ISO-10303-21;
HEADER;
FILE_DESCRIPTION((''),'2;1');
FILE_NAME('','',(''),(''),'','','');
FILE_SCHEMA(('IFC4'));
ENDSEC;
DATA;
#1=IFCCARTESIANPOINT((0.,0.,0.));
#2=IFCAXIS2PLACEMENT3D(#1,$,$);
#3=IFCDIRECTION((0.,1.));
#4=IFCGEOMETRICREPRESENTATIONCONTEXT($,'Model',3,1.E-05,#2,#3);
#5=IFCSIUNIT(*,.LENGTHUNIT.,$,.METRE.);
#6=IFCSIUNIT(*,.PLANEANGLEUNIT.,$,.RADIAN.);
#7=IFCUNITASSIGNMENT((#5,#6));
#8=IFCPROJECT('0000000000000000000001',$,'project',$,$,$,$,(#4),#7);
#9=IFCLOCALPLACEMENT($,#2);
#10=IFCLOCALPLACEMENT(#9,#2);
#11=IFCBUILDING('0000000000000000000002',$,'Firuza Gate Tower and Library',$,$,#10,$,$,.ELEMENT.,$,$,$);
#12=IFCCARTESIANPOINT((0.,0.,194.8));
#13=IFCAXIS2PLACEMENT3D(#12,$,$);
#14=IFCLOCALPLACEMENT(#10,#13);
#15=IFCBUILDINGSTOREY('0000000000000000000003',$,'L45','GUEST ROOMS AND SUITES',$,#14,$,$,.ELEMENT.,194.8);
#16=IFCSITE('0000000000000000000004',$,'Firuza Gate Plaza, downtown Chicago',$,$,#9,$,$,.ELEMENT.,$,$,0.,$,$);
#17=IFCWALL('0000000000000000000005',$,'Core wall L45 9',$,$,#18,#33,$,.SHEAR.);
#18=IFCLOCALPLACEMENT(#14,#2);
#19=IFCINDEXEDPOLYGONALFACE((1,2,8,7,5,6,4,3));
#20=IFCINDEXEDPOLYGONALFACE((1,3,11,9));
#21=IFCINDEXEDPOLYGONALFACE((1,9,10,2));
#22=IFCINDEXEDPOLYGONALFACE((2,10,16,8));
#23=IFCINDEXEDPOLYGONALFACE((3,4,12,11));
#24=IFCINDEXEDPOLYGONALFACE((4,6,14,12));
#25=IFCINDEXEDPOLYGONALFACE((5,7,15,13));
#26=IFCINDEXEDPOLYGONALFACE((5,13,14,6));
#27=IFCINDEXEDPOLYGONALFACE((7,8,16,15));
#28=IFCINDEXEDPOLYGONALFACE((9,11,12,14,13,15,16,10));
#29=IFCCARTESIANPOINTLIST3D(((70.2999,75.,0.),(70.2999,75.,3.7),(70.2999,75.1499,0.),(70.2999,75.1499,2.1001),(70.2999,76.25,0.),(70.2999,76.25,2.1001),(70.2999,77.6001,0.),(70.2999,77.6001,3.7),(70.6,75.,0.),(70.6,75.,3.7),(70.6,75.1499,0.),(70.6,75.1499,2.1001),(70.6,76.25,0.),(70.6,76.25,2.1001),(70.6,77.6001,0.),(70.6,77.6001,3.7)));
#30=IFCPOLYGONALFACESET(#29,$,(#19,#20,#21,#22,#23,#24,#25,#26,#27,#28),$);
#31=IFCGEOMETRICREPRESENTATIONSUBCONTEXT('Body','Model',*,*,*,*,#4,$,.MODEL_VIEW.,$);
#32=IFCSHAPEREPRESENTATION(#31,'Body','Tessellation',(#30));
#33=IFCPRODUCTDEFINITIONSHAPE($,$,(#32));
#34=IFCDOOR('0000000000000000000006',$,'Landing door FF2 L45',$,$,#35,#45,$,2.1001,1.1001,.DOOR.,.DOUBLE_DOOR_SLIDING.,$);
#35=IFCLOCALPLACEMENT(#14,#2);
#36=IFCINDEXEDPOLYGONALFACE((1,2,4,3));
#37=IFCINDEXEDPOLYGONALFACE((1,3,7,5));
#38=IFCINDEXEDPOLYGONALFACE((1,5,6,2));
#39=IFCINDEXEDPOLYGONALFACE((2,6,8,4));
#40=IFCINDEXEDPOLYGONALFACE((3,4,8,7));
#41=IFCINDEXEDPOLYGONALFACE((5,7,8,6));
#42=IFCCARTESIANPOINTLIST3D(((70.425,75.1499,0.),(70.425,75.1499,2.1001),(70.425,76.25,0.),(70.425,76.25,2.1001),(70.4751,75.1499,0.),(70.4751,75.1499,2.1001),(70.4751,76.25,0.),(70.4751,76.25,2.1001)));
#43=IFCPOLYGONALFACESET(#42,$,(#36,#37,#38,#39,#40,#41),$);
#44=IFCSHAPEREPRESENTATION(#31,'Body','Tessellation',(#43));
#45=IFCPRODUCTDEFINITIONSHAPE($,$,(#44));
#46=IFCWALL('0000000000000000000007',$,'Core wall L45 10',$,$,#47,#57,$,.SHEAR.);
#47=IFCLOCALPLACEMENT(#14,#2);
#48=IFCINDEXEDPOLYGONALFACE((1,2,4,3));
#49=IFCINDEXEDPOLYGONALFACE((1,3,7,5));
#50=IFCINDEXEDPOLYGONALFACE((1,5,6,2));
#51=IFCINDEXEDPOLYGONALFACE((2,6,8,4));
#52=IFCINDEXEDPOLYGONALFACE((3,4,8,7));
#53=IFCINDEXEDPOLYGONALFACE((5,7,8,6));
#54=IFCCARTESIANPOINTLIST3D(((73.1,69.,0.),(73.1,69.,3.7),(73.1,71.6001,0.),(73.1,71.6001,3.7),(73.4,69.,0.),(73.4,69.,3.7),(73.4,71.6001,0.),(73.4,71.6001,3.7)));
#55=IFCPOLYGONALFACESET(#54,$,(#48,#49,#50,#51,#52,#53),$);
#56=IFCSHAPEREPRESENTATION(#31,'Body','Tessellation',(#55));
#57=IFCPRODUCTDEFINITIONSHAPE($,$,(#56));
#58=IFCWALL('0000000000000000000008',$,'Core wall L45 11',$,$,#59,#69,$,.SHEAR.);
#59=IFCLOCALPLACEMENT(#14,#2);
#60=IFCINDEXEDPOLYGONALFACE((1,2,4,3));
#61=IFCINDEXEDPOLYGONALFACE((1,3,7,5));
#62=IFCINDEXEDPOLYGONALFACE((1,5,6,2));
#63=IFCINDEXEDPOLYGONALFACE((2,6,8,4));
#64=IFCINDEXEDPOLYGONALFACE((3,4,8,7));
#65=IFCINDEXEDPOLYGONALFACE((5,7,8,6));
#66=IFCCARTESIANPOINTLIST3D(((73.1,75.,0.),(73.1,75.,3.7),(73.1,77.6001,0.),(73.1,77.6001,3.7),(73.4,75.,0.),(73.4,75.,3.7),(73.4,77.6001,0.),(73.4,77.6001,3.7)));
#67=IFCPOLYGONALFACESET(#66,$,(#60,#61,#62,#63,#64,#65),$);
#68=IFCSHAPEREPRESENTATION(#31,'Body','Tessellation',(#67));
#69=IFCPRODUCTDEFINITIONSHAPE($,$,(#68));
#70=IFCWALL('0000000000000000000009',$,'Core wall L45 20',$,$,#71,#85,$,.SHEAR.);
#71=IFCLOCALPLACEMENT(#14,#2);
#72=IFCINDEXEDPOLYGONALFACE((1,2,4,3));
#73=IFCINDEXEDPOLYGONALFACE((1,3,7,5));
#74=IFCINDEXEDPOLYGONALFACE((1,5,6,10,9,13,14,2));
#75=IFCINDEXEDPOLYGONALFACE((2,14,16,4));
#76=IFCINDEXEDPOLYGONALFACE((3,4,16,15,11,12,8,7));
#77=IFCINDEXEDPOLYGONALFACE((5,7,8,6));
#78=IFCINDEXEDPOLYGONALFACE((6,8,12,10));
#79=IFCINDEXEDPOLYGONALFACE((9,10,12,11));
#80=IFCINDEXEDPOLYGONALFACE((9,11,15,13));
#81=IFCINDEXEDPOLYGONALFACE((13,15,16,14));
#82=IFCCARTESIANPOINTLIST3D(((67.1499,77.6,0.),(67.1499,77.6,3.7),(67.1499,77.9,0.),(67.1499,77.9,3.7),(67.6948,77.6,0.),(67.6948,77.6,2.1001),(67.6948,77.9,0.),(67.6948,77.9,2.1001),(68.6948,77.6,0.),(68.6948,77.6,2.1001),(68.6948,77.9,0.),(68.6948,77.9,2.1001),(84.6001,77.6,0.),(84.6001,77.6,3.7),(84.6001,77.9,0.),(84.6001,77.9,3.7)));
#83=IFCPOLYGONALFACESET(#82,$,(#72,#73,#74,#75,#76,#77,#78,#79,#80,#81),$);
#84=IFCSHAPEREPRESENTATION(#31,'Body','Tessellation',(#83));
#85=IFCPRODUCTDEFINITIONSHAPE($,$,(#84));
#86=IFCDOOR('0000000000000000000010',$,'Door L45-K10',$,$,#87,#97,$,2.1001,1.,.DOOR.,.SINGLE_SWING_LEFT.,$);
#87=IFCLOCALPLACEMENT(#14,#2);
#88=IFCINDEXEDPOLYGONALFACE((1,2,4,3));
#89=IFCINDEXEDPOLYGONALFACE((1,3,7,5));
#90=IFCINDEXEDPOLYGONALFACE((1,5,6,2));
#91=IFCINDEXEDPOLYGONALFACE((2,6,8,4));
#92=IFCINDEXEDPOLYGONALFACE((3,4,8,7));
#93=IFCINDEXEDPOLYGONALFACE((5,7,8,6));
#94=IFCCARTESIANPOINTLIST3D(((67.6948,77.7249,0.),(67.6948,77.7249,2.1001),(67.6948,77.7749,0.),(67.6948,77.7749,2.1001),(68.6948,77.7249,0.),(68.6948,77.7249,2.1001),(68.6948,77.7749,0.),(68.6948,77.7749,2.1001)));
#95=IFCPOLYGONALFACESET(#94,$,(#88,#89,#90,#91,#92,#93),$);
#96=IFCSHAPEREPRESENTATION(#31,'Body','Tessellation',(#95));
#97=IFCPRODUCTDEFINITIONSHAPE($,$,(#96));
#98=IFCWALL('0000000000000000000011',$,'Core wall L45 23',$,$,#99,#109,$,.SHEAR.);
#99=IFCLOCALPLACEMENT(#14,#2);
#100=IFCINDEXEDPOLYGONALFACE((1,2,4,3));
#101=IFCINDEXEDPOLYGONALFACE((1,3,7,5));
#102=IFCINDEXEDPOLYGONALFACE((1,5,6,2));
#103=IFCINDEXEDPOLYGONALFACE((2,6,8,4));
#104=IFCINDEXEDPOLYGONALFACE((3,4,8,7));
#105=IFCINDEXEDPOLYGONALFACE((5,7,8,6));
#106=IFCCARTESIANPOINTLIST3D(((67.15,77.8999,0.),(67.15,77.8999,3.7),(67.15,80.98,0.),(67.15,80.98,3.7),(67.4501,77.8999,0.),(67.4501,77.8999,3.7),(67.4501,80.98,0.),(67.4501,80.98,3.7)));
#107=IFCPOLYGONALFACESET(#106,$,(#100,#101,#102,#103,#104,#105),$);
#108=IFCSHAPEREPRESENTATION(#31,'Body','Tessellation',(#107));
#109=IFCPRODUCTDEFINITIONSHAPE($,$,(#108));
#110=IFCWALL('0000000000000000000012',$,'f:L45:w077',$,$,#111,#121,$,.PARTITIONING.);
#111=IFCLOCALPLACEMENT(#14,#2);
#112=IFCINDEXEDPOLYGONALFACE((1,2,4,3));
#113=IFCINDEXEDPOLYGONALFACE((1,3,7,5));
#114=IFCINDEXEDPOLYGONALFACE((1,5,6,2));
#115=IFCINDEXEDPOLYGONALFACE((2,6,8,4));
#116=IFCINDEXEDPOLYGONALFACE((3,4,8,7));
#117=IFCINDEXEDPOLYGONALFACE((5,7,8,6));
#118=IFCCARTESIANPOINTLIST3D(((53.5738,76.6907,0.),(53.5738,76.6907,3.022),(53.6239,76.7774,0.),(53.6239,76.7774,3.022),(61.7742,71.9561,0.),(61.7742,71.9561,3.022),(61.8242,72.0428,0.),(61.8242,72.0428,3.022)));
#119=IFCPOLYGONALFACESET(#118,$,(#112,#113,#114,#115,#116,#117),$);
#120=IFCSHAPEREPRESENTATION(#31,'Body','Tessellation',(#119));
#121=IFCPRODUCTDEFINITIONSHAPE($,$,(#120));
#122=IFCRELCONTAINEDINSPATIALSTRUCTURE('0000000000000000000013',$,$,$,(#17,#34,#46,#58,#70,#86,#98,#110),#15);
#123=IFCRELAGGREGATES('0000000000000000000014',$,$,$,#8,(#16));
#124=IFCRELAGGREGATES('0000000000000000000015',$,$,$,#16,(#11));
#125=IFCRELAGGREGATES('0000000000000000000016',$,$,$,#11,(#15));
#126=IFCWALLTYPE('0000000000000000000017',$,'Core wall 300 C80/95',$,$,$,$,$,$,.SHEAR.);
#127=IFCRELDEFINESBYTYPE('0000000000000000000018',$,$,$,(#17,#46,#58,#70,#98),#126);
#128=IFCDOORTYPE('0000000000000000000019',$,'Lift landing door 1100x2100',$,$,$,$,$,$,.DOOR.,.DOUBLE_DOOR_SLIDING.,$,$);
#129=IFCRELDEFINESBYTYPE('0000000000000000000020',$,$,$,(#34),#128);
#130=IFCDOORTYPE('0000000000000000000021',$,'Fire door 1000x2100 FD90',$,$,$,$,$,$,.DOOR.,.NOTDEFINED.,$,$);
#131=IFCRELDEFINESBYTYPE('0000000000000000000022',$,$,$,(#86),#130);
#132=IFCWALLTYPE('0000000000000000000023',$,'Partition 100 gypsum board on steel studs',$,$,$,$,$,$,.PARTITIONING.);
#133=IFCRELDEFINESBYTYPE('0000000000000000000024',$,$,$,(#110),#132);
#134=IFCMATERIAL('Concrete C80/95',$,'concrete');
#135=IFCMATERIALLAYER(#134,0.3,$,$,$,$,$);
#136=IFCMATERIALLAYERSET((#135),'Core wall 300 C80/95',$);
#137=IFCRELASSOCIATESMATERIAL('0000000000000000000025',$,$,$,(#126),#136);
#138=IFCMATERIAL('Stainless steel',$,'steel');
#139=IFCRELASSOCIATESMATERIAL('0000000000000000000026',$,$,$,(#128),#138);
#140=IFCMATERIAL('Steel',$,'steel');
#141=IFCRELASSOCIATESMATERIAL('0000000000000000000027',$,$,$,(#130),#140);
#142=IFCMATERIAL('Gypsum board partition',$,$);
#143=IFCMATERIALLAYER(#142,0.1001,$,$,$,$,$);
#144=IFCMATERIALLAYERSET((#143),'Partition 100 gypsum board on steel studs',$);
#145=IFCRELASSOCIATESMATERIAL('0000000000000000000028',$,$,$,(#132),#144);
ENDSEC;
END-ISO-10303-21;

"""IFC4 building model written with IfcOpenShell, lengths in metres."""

from ifc_helpers import new_model, si_unit, direction, frame, frame_2d, origin, place, context, subcontext, project, spatial, rectangle, extrude, material, layer, layer_set, type_object, element, fill, save


model = new_model("IFC4")

# Units and contexts
model_context = context("Model", 3, precision=1e-05, world=origin(), true_north=direction((0.0, 1.0)))
body_context = subcontext(model_context, "Body", "Model", "MODEL_VIEW")
ifc_project = project(units=[si_unit("LENGTHUNIT", "METRE"), si_unit("PLANEANGLEUNIT", "RADIAN")], contexts=[model_context])

# Site, building, storey
site_placement = place(None, origin())
site = spatial("IfcSite", under=ifc_project, at=site_placement, Name="Firuza Gate Plaza, downtown Chicago", CompositionType="ELEMENT", RefElevation=0.0)
building_placement = place(site_placement, origin())
building = spatial("IfcBuilding", under=site, at=building_placement, Name="Firuza Gate Tower and Library", CompositionType="ELEMENT")
storey_placement = place(building_placement, frame((0.0, 0.0, 194.8)))
storey = spatial("IfcBuildingStorey", under=building, at=storey_placement, Name="L45", Description="GUEST ROOMS AND SUITES", CompositionType="ELEMENT", Elevation=194.8)

# Shared definitions
ifc_material_1 = material(Name="Concrete C80/95", Category="concrete")
ifc_layer_1 = layer(ifc_material_1, 0.3)
ifc_layer_set_1 = layer_set([ifc_layer_1], Name="Core wall 300 C80/95")
wall_type_1 = type_object("IfcWallType", Name="Core wall 300 C80/95", PredefinedType="SHEAR", material=ifc_layer_set_1)

# Shared definitions
ifc_material_2 = material(Name="Stainless steel", Category="steel")
door_type_1 = type_object("IfcDoorType", Name="Lift landing door 1100x2100", OperationType="DOUBLE_DOOR_SLIDING", PredefinedType="DOOR", material=ifc_material_2)

# Wall, opening, door
wall_1_placement = place(storey_placement, frame((70.45, 75.0, 0.0), z_axis=(0.0, 0.0, 1.0), x_axis=(0.0, 1.0, 0.0)))
wall_1 = element("IfcWall", 1, at=wall_1_placement, inside=storey, type_object=wall_type_1, Name="Core wall L45 9", PredefinedType="SHEAR", context=body_context, shape_type="SweptSolid", body=[
    extrude(rectangle(XDim=2.6001, YDim=0.3, at=frame_2d((1.3, 0.0))), origin(), (0.0, 0.0, 1.0), 3.7),
])
opening_1_placement = place(wall_1_placement, frame((0.1499, 0.0, 0.0)))
opening_1 = element("IfcOpeningElement", 2, at=opening_1_placement, cuts=wall_1, PredefinedType="OPENING", context=body_context, shape_type="SweptSolid", body=[
    extrude(rectangle(XDim=1.1001, YDim=2.1001, at=frame_2d((0.55, 1.05))), frame((0.0, 0.1602, 0.0), z_axis=(0.0, -1.0, 0.0), x_axis=(1.0, 0.0, 0.0)), (0.0, 0.0, 1.0), 0.3201),
])
door_1_placement = place(opening_1_placement, origin())
door_1 = element("IfcDoor", 3, at=door_1_placement, inside=storey, type_object=door_type_1, Name="Landing door FF2 L45", OperationType="DOUBLE_DOOR_SLIDING", OverallHeight=2.1001, OverallWidth=1.1001, PredefinedType="DOOR", context=body_context, shape_type="SweptSolid", body=[
    extrude(rectangle(XDim=1.1001, YDim=2.1001, at=frame_2d((0.55, 1.05))), frame((0.0, 0.0249, 0.0), z_axis=(0.0, -1.0, 0.0), x_axis=(1.0, 0.0, 0.0)), (0.0, 0.0, 1.0), 0.05),
])
fill(opening_1, door_1)

# Walls
for number, where, z_axis, x_axis, name in (
    (4, (73.25, 69.0, 0.0), (0.0, 0.0, 1.0), (0.0, 1.0, 0.0), "Core wall L45 10"),
    (5, (73.25, 75.0, 0.0), (0.0, 0.0, 1.0), (0.0, 1.0, 0.0), "Core wall L45 11"),
):
    element("IfcWall", number, at=place(storey_placement, frame(where, z_axis=z_axis, x_axis=x_axis)), inside=storey, type_object=wall_type_1, Name=name, PredefinedType="SHEAR", context=body_context, shape_type="SweptSolid", body=[
        extrude(rectangle(XDim=2.6001, YDim=0.3, at=frame_2d((1.3, 0.0))), origin(), (0.0, 0.0, 1.0), 3.7),
    ])

# Wall, opening, door
wall_2_placement = place(storey_placement, frame((67.1499, 77.75, 0.0), z_axis=(0.0, 0.0, 1.0), x_axis=(1.0, 0.0, 0.0)))
wall_2 = element("IfcWall", 6, at=wall_2_placement, inside=storey, type_object=wall_type_1, Name="Core wall L45 20", PredefinedType="SHEAR", context=body_context, shape_type="SweptSolid", body=[
    extrude(rectangle(XDim=17.4502, YDim=0.3, at=frame_2d((8.7251, 0.0))), origin(), (0.0, 0.0, 1.0), 3.7),
])
opening_2_placement = place(wall_2_placement, frame((0.5449, 0.0, 0.0)))
opening_2 = element("IfcOpeningElement", 7, at=opening_2_placement, cuts=wall_2, PredefinedType="OPENING", context=body_context, shape_type="SweptSolid", body=[
    extrude(rectangle(XDim=1.0, YDim=2.1001, at=frame_2d((0.5, 1.05))), frame((0.0, 0.1602, 0.0), z_axis=(0.0, -1.0, 0.0), x_axis=(1.0, 0.0, 0.0)), (0.0, 0.0, 1.0), 0.3201),
])
ifc_material_3 = material(Name="Steel", Category="steel")
door_type_2 = type_object("IfcDoorType", Name="Fire door 1000x2100 FD90", OperationType="NOTDEFINED", PredefinedType="DOOR", material=ifc_material_3)
door_2_placement = place(opening_2_placement, origin())
door_2 = element("IfcDoor", 8, at=door_2_placement, inside=storey, type_object=door_type_2, Name="Door L45-K10", OperationType="SINGLE_SWING_LEFT", OverallHeight=2.1001, OverallWidth=1.0, PredefinedType="DOOR", context=body_context, shape_type="SweptSolid", body=[
    extrude(rectangle(XDim=1.0, YDim=2.1001, at=frame_2d((0.5, 1.05))), frame((0.0, 0.0249, 0.0), z_axis=(0.0, -1.0, 0.0), x_axis=(1.0, 0.0, 0.0)), (0.0, 0.0, 1.0), 0.05),
])
fill(opening_2, door_2)

# Walls
wall_3_placement = place(storey_placement, frame((67.3, 77.8999, 0.0), z_axis=(0.0, 0.0, 1.0), x_axis=(0.0, 1.0, 0.0)))
element("IfcWall", 9, at=wall_3_placement, inside=storey, type_object=wall_type_1, Name="Core wall L45 23", PredefinedType="SHEAR", context=body_context, shape_type="SweptSolid", body=[
    extrude(rectangle(XDim=3.0801, YDim=0.3, at=frame_2d((1.54, 0.0))), origin(), (0.0, 0.0, 1.0), 3.7),
])
ifc_material_4 = material(Name="Gypsum board partition")
ifc_layer_2 = layer(ifc_material_4, 0.1001)
ifc_layer_set_2 = layer_set([ifc_layer_2], Name="Partition 100 gypsum board on steel studs")
wall_type_2 = type_object("IfcWallType", Name="Partition 100 gypsum board on steel studs", PredefinedType="PARTITIONING", material=ifc_layer_set_2)
wall_4_placement = place(storey_placement, frame((61.7991, 71.9995, 0.0), z_axis=(0.0, 0.0, 1.0), x_axis=(-0.866021, 0.500007, 0.0)))
element("IfcWall", 10, at=wall_4_placement, inside=storey, type_object=wall_type_2, Name="f:L45:w077", PredefinedType="PARTITIONING", context=body_context, shape_type="SweptSolid", body=[
    extrude(rectangle(XDim=9.469, YDim=0.1001, at=frame_2d((4.7344, 0.0))), origin(), (0.0, 0.0, 1.0), 3.022),
])

save(model, "model.ifc")
